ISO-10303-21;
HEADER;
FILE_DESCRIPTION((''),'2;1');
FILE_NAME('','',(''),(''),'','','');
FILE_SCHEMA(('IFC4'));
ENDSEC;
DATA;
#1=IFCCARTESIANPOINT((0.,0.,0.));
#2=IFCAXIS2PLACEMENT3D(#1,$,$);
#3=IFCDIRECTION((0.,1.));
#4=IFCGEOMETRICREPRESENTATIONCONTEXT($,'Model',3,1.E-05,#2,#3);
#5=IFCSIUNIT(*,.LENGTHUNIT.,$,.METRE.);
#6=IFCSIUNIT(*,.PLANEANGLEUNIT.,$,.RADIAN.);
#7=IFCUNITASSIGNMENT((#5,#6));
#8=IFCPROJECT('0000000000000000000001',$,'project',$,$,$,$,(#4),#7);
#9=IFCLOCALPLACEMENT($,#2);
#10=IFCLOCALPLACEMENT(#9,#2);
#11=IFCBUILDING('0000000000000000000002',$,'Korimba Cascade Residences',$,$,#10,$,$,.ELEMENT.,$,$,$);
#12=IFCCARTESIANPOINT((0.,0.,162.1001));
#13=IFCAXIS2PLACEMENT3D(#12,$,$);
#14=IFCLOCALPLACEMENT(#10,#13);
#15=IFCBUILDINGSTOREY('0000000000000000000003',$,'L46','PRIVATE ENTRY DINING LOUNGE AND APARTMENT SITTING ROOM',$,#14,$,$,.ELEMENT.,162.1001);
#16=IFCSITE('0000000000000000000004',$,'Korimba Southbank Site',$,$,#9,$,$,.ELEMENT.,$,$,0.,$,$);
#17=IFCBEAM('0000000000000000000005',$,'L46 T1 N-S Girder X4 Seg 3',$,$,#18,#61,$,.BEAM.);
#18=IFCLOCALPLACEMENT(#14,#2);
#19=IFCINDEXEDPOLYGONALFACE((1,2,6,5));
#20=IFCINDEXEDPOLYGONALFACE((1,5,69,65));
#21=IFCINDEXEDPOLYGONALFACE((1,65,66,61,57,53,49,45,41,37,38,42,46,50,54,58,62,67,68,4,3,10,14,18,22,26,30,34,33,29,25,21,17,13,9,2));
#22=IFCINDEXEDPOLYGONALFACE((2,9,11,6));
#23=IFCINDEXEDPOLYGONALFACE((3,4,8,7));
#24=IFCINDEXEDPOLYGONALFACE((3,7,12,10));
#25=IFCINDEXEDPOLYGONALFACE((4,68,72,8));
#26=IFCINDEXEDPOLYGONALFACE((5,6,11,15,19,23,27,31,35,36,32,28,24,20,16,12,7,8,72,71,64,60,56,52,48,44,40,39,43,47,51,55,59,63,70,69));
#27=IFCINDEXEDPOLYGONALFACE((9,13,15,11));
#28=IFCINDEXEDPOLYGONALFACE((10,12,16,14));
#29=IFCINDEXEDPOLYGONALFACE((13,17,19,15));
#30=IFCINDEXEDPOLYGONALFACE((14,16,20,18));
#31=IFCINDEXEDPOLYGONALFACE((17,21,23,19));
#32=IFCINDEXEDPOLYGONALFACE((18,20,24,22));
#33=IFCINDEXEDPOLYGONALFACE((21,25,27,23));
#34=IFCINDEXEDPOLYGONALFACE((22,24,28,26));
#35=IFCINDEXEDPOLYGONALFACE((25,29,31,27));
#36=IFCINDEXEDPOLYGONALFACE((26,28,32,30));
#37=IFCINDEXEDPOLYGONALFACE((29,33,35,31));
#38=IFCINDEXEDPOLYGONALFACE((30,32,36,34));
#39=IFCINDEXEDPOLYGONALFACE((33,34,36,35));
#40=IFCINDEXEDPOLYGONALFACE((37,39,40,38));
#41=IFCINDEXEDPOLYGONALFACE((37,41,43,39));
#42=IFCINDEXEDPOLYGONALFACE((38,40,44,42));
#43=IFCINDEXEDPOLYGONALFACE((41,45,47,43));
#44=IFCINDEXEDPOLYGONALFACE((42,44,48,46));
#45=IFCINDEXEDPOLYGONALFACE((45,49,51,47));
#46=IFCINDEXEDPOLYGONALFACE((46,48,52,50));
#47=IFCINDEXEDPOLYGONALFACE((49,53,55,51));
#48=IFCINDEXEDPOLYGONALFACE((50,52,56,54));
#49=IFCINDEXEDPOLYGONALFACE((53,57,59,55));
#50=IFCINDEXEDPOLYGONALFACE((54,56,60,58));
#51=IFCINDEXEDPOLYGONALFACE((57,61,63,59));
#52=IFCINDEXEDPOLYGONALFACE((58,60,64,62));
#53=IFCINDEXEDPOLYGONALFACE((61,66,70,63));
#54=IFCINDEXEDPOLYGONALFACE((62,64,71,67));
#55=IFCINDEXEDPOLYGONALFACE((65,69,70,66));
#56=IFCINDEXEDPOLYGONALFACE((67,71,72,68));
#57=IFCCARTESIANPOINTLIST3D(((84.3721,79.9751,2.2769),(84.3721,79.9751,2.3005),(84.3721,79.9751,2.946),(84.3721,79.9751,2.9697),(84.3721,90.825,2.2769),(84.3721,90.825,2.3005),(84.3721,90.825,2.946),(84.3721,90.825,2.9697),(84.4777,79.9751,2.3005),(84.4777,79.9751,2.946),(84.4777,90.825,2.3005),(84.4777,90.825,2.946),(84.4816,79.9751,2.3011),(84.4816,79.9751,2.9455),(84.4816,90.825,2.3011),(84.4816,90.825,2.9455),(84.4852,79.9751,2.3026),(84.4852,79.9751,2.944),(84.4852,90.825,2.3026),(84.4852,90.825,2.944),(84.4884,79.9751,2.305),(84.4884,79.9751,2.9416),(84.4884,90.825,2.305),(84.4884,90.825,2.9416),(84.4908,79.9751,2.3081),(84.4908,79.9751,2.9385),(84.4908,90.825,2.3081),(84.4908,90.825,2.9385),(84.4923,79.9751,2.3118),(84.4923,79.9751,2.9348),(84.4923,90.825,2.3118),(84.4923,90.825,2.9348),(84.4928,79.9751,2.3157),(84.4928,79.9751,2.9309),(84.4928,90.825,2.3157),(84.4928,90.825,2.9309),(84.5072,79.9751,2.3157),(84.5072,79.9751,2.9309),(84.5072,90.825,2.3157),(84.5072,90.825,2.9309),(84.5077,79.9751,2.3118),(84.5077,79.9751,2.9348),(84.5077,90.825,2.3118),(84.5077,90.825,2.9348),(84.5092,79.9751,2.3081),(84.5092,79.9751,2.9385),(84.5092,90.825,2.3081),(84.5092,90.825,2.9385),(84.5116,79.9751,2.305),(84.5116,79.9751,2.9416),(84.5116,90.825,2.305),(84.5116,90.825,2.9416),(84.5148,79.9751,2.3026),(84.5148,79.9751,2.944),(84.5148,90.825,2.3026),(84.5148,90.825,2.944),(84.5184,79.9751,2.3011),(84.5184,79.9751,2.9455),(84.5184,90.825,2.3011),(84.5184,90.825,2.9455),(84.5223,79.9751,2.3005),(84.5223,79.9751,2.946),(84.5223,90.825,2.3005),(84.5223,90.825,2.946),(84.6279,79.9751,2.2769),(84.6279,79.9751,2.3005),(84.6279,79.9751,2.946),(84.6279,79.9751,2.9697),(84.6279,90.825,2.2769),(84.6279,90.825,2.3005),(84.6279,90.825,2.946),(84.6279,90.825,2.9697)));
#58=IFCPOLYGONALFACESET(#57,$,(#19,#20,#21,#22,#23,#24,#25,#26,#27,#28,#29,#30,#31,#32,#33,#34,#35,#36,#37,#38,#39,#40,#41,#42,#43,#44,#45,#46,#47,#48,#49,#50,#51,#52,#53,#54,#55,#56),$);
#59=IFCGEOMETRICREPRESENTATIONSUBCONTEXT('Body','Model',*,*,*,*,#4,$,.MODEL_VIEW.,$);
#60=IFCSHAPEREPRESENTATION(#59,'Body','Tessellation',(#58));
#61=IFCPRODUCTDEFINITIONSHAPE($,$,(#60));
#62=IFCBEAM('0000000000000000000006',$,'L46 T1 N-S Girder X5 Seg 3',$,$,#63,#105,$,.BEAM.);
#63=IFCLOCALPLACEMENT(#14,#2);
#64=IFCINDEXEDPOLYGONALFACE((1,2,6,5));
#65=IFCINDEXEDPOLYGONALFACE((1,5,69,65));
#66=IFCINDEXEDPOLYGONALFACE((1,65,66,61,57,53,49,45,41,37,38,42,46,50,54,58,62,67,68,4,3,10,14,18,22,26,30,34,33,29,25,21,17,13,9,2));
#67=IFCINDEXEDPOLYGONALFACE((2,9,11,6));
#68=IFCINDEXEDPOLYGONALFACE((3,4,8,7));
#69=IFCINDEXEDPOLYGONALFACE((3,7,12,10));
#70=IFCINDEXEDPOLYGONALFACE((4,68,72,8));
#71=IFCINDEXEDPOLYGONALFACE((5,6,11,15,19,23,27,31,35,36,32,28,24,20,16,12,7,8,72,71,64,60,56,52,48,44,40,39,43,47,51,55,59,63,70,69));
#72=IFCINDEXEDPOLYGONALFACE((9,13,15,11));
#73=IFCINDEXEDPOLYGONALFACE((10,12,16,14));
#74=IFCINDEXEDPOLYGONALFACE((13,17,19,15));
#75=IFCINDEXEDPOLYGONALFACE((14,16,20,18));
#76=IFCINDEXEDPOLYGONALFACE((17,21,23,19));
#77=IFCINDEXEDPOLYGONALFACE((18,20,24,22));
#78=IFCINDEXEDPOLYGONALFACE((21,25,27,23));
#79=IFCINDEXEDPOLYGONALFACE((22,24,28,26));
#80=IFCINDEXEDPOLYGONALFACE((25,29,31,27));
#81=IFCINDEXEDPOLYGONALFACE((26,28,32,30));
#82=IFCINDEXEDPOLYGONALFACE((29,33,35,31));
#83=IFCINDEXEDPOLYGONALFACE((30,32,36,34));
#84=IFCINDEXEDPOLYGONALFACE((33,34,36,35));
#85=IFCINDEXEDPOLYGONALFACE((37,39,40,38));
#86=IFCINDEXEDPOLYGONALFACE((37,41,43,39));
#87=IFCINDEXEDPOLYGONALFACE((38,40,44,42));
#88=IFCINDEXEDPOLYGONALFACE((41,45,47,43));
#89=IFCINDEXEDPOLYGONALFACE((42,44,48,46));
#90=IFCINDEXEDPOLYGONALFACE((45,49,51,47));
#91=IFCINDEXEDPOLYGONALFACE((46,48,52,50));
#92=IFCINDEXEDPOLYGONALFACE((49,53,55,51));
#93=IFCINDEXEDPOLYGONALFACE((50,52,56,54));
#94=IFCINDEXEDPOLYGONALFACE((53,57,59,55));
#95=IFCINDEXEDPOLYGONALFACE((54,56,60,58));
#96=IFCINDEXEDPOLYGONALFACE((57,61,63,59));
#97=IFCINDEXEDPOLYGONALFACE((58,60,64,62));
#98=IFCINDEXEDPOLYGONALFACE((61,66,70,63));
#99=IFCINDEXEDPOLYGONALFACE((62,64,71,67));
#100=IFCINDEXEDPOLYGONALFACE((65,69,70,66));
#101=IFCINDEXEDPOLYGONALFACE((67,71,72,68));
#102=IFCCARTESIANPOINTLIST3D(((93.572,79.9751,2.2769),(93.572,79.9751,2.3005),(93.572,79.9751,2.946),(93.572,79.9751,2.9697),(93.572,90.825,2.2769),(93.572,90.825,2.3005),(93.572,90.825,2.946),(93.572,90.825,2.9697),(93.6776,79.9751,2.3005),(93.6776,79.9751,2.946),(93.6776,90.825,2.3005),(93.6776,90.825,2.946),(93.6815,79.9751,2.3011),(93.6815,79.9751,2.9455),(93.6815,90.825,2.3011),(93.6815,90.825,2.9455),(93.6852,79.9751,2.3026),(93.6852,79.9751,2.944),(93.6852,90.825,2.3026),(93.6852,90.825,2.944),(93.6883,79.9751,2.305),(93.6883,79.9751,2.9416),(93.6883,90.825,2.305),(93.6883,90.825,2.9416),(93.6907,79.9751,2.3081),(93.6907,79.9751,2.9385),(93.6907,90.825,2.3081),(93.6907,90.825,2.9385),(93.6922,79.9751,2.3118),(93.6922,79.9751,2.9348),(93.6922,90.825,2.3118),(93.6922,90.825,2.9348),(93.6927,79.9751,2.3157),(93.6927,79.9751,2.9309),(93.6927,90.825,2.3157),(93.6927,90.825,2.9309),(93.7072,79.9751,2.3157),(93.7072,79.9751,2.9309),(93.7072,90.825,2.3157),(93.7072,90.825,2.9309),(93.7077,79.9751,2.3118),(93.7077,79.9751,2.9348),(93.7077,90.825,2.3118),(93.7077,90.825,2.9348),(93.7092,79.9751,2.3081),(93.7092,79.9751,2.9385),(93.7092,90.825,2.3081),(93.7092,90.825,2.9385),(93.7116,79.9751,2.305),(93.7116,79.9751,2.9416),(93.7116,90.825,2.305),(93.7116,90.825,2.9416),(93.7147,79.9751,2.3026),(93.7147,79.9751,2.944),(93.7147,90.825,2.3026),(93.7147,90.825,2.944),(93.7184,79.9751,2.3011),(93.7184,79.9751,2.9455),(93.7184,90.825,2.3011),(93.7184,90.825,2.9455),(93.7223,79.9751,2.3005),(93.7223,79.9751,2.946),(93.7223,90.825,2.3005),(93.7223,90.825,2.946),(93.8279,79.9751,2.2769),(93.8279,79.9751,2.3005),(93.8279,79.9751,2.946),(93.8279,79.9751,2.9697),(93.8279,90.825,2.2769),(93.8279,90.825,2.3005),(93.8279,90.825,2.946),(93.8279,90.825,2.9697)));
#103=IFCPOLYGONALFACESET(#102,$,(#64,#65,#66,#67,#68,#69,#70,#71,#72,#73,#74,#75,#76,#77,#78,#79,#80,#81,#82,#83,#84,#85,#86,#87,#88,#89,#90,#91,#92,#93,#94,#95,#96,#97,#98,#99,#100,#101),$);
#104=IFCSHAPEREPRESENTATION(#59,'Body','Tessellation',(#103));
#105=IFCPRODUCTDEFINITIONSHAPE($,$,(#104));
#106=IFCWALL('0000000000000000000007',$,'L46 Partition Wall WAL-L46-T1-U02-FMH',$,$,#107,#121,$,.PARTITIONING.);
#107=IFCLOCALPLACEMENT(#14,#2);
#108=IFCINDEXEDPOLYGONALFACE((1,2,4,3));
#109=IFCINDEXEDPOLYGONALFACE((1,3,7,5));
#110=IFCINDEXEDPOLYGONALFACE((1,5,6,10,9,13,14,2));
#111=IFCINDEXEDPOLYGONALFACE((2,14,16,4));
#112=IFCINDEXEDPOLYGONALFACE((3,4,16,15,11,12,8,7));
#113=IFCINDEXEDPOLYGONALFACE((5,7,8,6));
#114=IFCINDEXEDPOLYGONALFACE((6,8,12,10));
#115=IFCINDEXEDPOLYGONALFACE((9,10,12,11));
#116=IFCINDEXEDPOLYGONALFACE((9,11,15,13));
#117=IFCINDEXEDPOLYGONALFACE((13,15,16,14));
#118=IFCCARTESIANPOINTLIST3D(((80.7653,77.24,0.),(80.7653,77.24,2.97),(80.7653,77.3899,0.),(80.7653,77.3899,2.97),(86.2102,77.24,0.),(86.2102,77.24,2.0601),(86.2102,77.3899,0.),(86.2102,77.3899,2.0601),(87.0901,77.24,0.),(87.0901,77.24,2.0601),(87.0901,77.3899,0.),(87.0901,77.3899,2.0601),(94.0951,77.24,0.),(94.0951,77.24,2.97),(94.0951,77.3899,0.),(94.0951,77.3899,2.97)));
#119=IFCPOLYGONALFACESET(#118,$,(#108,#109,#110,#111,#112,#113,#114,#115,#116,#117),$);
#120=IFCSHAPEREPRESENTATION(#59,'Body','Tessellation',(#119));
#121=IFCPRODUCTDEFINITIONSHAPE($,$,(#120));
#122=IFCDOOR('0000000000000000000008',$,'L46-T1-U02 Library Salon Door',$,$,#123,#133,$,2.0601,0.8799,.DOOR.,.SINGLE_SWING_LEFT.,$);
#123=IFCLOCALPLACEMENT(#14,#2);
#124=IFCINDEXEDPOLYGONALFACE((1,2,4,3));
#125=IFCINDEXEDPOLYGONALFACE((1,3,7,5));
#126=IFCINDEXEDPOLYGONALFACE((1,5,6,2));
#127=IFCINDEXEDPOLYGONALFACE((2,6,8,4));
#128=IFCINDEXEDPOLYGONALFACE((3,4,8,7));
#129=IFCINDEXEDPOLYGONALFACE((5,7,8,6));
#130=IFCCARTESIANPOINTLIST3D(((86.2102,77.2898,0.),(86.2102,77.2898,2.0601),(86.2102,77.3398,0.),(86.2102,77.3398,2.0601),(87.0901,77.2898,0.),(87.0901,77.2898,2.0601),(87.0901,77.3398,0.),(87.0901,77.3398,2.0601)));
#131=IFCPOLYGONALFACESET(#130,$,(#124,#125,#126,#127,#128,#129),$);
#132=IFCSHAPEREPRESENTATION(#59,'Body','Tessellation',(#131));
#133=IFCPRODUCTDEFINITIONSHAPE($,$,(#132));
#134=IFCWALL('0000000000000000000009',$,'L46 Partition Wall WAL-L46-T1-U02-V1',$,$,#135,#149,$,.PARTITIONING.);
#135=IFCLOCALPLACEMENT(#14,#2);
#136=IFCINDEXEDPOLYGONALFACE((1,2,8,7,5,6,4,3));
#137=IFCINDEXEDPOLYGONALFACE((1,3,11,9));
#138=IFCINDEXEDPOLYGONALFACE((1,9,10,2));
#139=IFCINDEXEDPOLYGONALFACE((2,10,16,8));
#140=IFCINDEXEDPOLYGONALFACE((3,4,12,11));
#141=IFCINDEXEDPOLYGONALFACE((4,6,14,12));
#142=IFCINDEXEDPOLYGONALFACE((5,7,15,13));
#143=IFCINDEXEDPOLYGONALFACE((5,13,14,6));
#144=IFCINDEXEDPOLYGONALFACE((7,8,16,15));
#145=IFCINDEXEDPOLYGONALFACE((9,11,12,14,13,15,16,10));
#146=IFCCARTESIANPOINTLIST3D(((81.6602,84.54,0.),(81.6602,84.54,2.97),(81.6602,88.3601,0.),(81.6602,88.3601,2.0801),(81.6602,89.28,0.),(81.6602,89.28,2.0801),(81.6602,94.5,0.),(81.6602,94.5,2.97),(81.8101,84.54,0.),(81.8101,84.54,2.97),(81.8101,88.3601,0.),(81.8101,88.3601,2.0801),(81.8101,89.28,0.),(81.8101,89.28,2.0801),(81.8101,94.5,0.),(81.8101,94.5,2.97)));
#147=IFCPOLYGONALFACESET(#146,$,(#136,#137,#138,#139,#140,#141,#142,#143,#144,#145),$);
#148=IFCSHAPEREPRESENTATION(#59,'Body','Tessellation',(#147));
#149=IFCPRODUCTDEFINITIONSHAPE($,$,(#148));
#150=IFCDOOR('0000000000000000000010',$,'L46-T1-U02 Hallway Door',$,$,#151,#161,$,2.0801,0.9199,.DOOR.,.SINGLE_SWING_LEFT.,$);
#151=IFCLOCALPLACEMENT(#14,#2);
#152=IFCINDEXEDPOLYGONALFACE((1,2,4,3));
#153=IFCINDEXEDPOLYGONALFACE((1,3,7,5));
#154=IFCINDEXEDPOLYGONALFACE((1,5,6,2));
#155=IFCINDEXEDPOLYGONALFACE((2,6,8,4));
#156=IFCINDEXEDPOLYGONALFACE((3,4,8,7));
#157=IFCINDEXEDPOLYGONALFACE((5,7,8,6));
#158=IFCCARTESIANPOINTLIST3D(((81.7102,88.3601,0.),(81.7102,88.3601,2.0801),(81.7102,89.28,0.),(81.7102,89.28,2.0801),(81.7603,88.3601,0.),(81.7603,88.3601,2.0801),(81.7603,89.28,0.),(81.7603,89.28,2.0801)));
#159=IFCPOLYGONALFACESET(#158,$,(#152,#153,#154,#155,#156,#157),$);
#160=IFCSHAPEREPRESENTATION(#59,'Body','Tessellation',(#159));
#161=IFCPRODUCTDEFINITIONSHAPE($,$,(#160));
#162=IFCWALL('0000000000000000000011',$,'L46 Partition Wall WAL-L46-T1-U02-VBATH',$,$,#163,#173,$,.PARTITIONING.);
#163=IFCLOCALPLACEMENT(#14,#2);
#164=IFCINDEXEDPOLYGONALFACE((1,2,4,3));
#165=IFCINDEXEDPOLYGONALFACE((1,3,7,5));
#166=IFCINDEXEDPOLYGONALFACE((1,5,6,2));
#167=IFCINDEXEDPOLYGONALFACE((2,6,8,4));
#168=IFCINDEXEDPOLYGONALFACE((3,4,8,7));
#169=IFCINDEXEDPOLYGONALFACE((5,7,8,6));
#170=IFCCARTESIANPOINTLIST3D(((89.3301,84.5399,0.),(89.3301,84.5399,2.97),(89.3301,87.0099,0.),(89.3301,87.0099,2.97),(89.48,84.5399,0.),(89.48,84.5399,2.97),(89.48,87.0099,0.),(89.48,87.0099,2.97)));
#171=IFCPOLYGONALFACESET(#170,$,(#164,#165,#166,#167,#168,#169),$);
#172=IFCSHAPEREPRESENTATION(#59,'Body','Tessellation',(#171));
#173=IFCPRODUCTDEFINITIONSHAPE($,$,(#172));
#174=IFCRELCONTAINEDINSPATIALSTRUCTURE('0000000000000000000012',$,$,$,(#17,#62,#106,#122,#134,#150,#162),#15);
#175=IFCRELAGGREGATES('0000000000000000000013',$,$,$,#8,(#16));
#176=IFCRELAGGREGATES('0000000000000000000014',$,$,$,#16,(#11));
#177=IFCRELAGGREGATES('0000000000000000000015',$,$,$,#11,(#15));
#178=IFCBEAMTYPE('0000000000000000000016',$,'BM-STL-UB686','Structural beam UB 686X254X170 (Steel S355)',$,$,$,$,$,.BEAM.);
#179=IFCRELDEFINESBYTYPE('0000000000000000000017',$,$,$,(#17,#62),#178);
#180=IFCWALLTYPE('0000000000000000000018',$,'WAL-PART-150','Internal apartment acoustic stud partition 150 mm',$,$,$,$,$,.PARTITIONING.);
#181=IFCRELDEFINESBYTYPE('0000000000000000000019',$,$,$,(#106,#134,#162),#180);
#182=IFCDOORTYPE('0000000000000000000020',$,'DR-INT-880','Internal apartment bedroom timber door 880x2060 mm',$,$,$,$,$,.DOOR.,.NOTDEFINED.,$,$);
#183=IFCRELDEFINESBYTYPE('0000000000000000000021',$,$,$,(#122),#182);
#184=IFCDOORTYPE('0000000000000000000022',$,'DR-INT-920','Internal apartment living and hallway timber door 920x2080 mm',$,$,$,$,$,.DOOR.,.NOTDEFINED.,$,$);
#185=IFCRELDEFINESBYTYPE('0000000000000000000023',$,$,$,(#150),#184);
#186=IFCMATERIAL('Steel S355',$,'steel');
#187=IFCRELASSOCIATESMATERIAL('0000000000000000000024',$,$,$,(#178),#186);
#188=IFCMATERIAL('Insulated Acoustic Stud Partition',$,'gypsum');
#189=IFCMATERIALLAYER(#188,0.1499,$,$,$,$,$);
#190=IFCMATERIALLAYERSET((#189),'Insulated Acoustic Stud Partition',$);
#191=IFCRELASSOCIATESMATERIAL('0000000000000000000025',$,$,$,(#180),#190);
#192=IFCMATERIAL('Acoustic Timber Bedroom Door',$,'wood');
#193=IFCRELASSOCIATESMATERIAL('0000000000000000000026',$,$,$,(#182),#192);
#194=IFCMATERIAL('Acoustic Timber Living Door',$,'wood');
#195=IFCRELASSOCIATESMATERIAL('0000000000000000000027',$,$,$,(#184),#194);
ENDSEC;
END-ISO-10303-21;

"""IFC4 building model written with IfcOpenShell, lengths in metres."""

from ifc_helpers import new_model, si_unit, direction, frame, frame_2d, origin, origin_2d, place, context, subcontext, project, spatial, rectangle, i_section, extrude, material, layer, layer_set, material_profile, profile_set, type_object, element, fill, save


model = new_model("IFC4")

# Units and contexts
model_context = context("Model", 3, precision=1e-05, world=origin(), true_north=direction((0.0, 1.0)))
body_context = subcontext(model_context, "Body", "Model", "MODEL_VIEW")
ifc_project = project(units=[si_unit("LENGTHUNIT", "METRE"), si_unit("PLANEANGLEUNIT", "RADIAN")], contexts=[model_context])

# Site, building, storey
site_placement = place(None, origin())
site = spatial("IfcSite", under=ifc_project, at=site_placement, Name="Korimba Southbank Site", CompositionType="ELEMENT", RefElevation=0.0)
building_placement = place(site_placement, origin())
building = spatial("IfcBuilding", under=site, at=building_placement, Name="Korimba Cascade Residences", CompositionType="ELEMENT")
storey_placement = place(building_placement, frame((0.0, 0.0, 162.1001)))
storey = spatial("IfcBuildingStorey", under=building, at=storey_placement, Name="L46", Description="PRIVATE ENTRY DINING LOUNGE AND APARTMENT SITTING ROOM", CompositionType="ELEMENT", Elevation=162.1001)

# Beams
ifc_material_1 = material(Name="Steel S355", Category="steel")
ifc_material_profile_1 = material_profile(ifc_material_1, i_section(OverallWidth=0.2559, OverallDepth=0.6929, WebThickness=0.0144, FlangeThickness=0.0237, FilletRadius=0.0151, at=origin_2d()), Name="Steel S355")
ifc_profile_set_1 = profile_set([ifc_material_profile_1], Name="Steel S355")
beam_type_1 = type_object("IfcBeamType", Name="BM-STL-UB686", Description="Structural beam UB 686X254X170 (Steel S355)", PredefinedType="BEAM", material=ifc_profile_set_1)
for number, where, z_axis, x_axis, name in (
    (1, (84.5, 79.9751, 2.6233), (0.0, 1.0, 0.0), (-1.0, 0.0, 0.0), "L46 T1 N-S Girder X4 Seg 3"),
    (2, (93.7, 79.9751, 2.6233), (0.0, 1.0, 0.0), (-1.0, 0.0, 0.0), "L46 T1 N-S Girder X5 Seg 3"),
):
    element("IfcBeam", number, at=place(storey_placement, frame(where, z_axis=z_axis, x_axis=x_axis)), inside=storey, type_object=beam_type_1, Name=name, PredefinedType="BEAM", context=body_context, shape_type="SweptSolid", body=[
        extrude(i_section(OverallWidth=0.2559, OverallDepth=0.6929, WebThickness=0.0144, FlangeThickness=0.0237, FilletRadius=0.0151, at=origin_2d()), origin(), (0.0, 0.0, 1.0), 10.8499),
    ])

# Walls, openings, doors
ifc_material_2 = material(Name="Insulated Acoustic Stud Partition", Category="gypsum")
ifc_layer = layer(ifc_material_2, 0.1499)
ifc_layer_set = layer_set([ifc_layer], Name="Insulated Acoustic Stud Partition")
wall_type = type_object("IfcWallType", Name="WAL-PART-150", Description="Internal apartment acoustic stud partition 150 mm", PredefinedType="PARTITIONING", material=ifc_layer_set)
wall_1_placement = place(storey_placement, frame((80.7651, 77.3149, 0.0), z_axis=(0.0, 0.0, 1.0), x_axis=(1.0, 0.0, 0.0)))
wall_1 = element("IfcWall", 3, at=wall_1_placement, inside=storey, type_object=wall_type, Name="L46 Partition Wall WAL-L46-T1-U02-FMH", PredefinedType="PARTITIONING", context=body_context, shape_type="SweptSolid", body=[
    extrude(rectangle(XDim=13.3298, YDim=0.1499, at=frame_2d((6.665, 0.0))), origin(), (0.0, 0.0, 1.0), 2.97),
])
opening_1_placement = place(wall_1_placement, frame((5.4451, 0.0, 0.0)))
opening_1 = element("IfcOpeningElement", 4, at=opening_1_placement, cuts=wall_1, PredefinedType="OPENING", context=body_context, shape_type="SweptSolid", body=[
    extrude(rectangle(XDim=0.8799, YDim=2.0601, at=frame_2d((0.4399, 1.03))), frame((0.0, 0.085, 0.0), z_axis=(0.0, -1.0, 0.0), x_axis=(1.0, 0.0, 0.0)), (0.0, 0.0, 1.0), 0.1699),
])
ifc_material_3 = material(Name="Acoustic Timber Bedroom Door", Category="wood")
door_type_1 = type_object("IfcDoorType", Name="DR-INT-880", Description="Internal apartment bedroom timber door 880x2060 mm", OperationType="NOTDEFINED", PredefinedType="DOOR", material=ifc_material_3)
door_1_placement = place(opening_1_placement, origin())
door_1 = element("IfcDoor", 5, at=door_1_placement, inside=storey, type_object=door_type_1, Name="L46-T1-U02 Library Salon Door", OperationType="SINGLE_SWING_LEFT", OverallHeight=2.0601, OverallWidth=0.8799, PredefinedType="DOOR", context=body_context, shape_type="SweptSolid", body=[
    extrude(rectangle(XDim=0.8799, YDim=2.0601, at=frame_2d((0.4399, 1.03))), frame((0.0, 0.0249, 0.0), z_axis=(0.0, -1.0, 0.0), x_axis=(1.0, 0.0, 0.0)), (0.0, 0.0, 1.0), 0.05),
])
fill(opening_1, door_1)
wall_2_placement = place(storey_placement, frame((81.7351, 84.54, 0.0), z_axis=(0.0, 0.0, 1.0), x_axis=(0.0, 1.0, 0.0)))
wall_2 = element("IfcWall", 6, at=wall_2_placement, inside=storey, type_object=wall_type, Name="L46 Partition Wall WAL-L46-T1-U02-V1", PredefinedType="PARTITIONING", context=body_context, shape_type="SweptSolid", body=[
    extrude(rectangle(XDim=9.96, YDim=0.1499, at=frame_2d((4.98, 0.0))), origin(), (0.0, 0.0, 1.0), 2.97),
])
opening_2_placement = place(wall_2_placement, frame((3.8201, 0.0, 0.0)))
opening_2 = element("IfcOpeningElement", 7, at=opening_2_placement, cuts=wall_2, PredefinedType="OPENING", context=body_context, shape_type="SweptSolid", body=[
    extrude(rectangle(XDim=0.9199, YDim=2.0801, at=frame_2d((0.46, 1.04))), frame((0.0, 0.085, 0.0), z_axis=(0.0, -1.0, 0.0), x_axis=(1.0, 0.0, 0.0)), (0.0, 0.0, 1.0), 0.1699),
])
ifc_material_4 = material(Name="Acoustic Timber Living Door", Category="wood")
door_type_2 = type_object("IfcDoorType", Name="DR-INT-920", Description="Internal apartment living and hallway timber door 920x2080 mm", OperationType="NOTDEFINED", PredefinedType="DOOR", material=ifc_material_4)
door_2_placement = place(opening_2_placement, origin())
door_2 = element("IfcDoor", 8, at=door_2_placement, inside=storey, type_object=door_type_2, Name="L46-T1-U02 Hallway Door", OperationType="SINGLE_SWING_LEFT", OverallHeight=2.0801, OverallWidth=0.9199, PredefinedType="DOOR", context=body_context, shape_type="SweptSolid", body=[
    extrude(rectangle(XDim=0.9199, YDim=2.0801, at=frame_2d((0.46, 1.04))), frame((0.0, 0.0249, 0.0), z_axis=(0.0, -1.0, 0.0), x_axis=(1.0, 0.0, 0.0)), (0.0, 0.0, 1.0), 0.05),
])
fill(opening_2, door_2)

# Wall
wall_3_placement = place(storey_placement, frame((89.405, 84.54, 0.0), z_axis=(0.0, 0.0, 1.0), x_axis=(0.0, 1.0, 0.0)))
element("IfcWall", 9, at=wall_3_placement, inside=storey, type_object=wall_type, Name="L46 Partition Wall WAL-L46-T1-U02-VBATH", PredefinedType="PARTITIONING", context=body_context, shape_type="SweptSolid", body=[
    extrude(rectangle(XDim=2.47, YDim=0.1499, at=frame_2d((1.2349, 0.0))), origin(), (0.0, 0.0, 1.0), 2.97),
])

save(model, "model.ifc")
